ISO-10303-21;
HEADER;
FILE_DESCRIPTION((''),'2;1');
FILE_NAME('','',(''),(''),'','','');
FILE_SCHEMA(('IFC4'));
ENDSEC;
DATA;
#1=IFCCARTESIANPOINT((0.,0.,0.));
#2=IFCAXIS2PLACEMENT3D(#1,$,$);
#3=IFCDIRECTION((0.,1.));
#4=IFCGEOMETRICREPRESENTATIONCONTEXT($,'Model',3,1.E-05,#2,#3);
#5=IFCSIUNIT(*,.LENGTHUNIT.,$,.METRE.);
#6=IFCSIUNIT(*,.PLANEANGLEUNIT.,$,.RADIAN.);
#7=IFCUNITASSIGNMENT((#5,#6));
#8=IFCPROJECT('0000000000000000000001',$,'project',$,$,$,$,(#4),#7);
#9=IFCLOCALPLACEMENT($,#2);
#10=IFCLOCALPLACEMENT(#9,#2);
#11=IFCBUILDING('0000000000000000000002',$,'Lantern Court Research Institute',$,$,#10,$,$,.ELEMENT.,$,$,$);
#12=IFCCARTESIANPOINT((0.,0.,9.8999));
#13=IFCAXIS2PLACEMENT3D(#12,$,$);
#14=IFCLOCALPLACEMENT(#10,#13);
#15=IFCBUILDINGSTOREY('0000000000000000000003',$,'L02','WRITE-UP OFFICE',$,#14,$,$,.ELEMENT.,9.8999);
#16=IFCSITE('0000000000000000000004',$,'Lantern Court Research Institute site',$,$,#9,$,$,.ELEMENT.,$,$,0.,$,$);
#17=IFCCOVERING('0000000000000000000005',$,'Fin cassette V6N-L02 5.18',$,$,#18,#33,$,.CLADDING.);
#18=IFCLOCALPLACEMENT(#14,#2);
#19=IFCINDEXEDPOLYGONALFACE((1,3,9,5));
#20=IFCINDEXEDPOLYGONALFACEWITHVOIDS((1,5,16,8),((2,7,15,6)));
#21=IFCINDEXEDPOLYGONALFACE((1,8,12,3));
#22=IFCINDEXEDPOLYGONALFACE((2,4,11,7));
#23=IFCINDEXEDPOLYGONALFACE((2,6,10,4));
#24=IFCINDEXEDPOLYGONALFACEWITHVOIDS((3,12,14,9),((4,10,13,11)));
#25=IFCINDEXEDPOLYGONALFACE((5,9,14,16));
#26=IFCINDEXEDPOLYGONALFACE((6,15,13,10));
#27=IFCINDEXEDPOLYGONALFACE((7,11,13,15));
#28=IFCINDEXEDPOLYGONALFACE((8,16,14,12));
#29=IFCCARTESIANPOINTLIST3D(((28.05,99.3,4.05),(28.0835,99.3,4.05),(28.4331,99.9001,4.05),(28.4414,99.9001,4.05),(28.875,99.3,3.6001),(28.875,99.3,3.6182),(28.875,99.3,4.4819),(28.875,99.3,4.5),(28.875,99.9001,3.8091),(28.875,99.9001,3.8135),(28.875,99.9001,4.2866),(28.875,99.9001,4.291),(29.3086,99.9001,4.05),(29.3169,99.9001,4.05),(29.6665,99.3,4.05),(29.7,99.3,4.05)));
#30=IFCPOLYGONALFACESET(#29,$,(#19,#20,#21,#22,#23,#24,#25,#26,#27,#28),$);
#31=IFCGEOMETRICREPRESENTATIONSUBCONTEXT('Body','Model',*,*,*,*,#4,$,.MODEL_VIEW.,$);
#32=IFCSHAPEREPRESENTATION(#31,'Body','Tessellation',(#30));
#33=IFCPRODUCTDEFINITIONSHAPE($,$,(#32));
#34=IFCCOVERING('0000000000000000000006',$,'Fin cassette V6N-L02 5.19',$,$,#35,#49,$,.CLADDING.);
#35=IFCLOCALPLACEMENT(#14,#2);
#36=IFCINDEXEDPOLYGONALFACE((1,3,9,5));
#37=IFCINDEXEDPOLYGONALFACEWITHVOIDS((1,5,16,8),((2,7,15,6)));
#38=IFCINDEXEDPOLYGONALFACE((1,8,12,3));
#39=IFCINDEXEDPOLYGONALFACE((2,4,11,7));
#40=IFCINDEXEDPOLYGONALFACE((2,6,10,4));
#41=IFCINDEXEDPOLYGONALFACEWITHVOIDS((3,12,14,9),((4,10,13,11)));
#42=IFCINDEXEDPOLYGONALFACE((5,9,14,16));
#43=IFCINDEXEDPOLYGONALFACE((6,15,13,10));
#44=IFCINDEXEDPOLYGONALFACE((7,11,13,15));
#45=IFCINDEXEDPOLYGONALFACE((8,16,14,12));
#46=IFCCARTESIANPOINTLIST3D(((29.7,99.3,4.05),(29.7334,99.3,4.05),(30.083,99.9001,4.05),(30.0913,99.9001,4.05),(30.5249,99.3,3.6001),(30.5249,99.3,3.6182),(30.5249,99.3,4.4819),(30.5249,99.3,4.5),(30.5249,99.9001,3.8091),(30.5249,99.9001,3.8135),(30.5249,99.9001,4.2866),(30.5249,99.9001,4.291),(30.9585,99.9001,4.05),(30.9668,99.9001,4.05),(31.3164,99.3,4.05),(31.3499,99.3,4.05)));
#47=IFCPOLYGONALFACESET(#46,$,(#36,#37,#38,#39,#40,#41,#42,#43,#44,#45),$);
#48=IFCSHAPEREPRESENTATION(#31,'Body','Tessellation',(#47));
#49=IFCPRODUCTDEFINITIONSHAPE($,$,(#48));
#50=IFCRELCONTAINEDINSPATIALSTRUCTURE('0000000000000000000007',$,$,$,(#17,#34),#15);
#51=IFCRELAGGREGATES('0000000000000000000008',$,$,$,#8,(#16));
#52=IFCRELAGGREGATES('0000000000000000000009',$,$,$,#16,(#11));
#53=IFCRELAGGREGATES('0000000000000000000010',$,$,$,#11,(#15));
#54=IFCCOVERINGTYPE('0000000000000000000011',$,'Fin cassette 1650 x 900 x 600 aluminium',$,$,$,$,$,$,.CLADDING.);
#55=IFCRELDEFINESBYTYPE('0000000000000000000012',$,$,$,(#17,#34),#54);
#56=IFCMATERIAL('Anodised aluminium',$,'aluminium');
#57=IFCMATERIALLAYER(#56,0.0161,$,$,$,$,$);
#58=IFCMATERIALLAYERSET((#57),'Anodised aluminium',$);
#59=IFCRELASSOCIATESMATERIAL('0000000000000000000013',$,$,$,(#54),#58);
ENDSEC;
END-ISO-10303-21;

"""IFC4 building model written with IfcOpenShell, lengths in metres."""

from ifc_helpers import new_model, entity, si_unit, direction, frame, origin, place, context, subcontext, project, spatial, material, layer, layer_set, type_object, element, save


model = new_model("IFC4")

# Units and contexts
model_context = context("Model", 3, precision=1e-05, world=origin(), true_north=direction((0.0, 1.0)))
body_context = subcontext(model_context, "Body", "Model", "MODEL_VIEW")
ifc_project = project(units=[si_unit("LENGTHUNIT", "METRE"), si_unit("PLANEANGLEUNIT", "RADIAN")], contexts=[model_context])

# Site, building, storey
site_placement = place(None, origin())
site = spatial("IfcSite", under=ifc_project, at=site_placement, Name="Lantern Court Research Institute site", CompositionType="ELEMENT", RefElevation=0.0)
building_placement = place(site_placement, origin())
building = spatial("IfcBuilding", under=site, at=building_placement, Name="Lantern Court Research Institute", CompositionType="ELEMENT")
storey_placement = place(building_placement, frame((0.0, 0.0, 9.8999)))
storey = spatial("IfcBuildingStorey", under=building, at=storey_placement, Name="L02", Description="WRITE-UP OFFICE", CompositionType="ELEMENT", Elevation=9.8999)

# Coverings
ifc_material_1 = material(Name="Anodised aluminium", Category="aluminium")
ifc_layer_1 = layer(ifc_material_1, 0.0161)
ifc_layer_set_1 = layer_set([ifc_layer_1], Name="Anodised aluminium")
covering_type_1 = type_object("IfcCoveringType", Name="Fin cassette 1650 x 900 x 600 aluminium", PredefinedType="CLADDING", material=ifc_layer_set_1)
covering_1_placement = place(storey_placement, frame((28.875, 99.3, 4.05), z_axis=(0.0, 1.0, 0.0), x_axis=(-1.0, 0.0, 0.0)))
cartesian_point_1 = entity("IfcCartesianPoint", [0.825, 0.0])
cartesian_point_2 = entity("IfcCartesianPoint", [0.7915, 0.0])
cartesian_point_3 = entity("IfcCartesianPoint", [0.4419, 0.0])
cartesian_point_4 = entity("IfcCartesianPoint", [0.4336, 0.0])
element("IfcCovering", 1, at=covering_1_placement, inside=storey, type_object=covering_type_1, Name="Fin cassette V6N-L02 5.18", PredefinedType="CLADDING", context=body_context, shape_type="SweptSolid", body=[
    entity("IfcExtrudedAreaSolidTapered", entity("IfcArbitraryProfileDefWithVoids", "AREA", None, entity("IfcPolyline", [cartesian_point_1, entity("IfcCartesianPoint", [0.0, 0.45]), entity("IfcCartesianPoint", [-0.825, 0.0]), entity("IfcCartesianPoint", [0.0, -0.45]), cartesian_point_1]), [entity("IfcPolyline", [cartesian_point_2, entity("IfcCartesianPoint", [0.0, 0.4319]), entity("IfcCartesianPoint", [-0.7915, 0.0]), entity("IfcCartesianPoint", [0.0, -0.4319]), cartesian_point_2])]), entity("IfcAxis2Placement3D", entity("IfcCartesianPoint", [0.0, 0.0, 0.0])), entity("IfcDirection", [0.0, 0.0, 1.0]), 0.6001, entity("IfcArbitraryProfileDefWithVoids", "AREA", None, entity("IfcPolyline", [cartesian_point_3, entity("IfcCartesianPoint", [0.0, 0.241]), entity("IfcCartesianPoint", [-0.4419, 0.0]), entity("IfcCartesianPoint", [0.0, -0.241]), cartesian_point_3]), [entity("IfcPolyline", [cartesian_point_4, entity("IfcCartesianPoint", [0.0, 0.2366]), entity("IfcCartesianPoint", [-0.4336, 0.0]), entity("IfcCartesianPoint", [0.0, -0.2366]), cartesian_point_4])])),
])
covering_2_placement = place(storey_placement, frame((30.5249, 99.3, 4.05), z_axis=(0.0, 1.0, 0.0), x_axis=(-1.0, 0.0, 0.0)))
cartesian_point_5 = entity("IfcCartesianPoint", [0.825, 0.0])
cartesian_point_6 = entity("IfcCartesianPoint", [0.7915, 0.0])
cartesian_point_7 = entity("IfcCartesianPoint", [0.4419, 0.0])
cartesian_point_8 = entity("IfcCartesianPoint", [0.4336, 0.0])
element("IfcCovering", 2, at=covering_2_placement, inside=storey, type_object=covering_type_1, Name="Fin cassette V6N-L02 5.19", PredefinedType="CLADDING", context=body_context, shape_type="SweptSolid", body=[
    entity("IfcExtrudedAreaSolidTapered", entity("IfcArbitraryProfileDefWithVoids", "AREA", None, entity("IfcPolyline", [cartesian_point_5, entity("IfcCartesianPoint", [0.0, 0.45]), entity("IfcCartesianPoint", [-0.825, 0.0]), entity("IfcCartesianPoint", [0.0, -0.45]), cartesian_point_5]), [entity("IfcPolyline", [cartesian_point_6, entity("IfcCartesianPoint", [0.0, 0.4319]), entity("IfcCartesianPoint", [-0.7915, 0.0]), entity("IfcCartesianPoint", [0.0, -0.4319]), cartesian_point_6])]), entity("IfcAxis2Placement3D", entity("IfcCartesianPoint", [0.0, 0.0, 0.0])), entity("IfcDirection", [0.0, 0.0, 1.0]), 0.6001, entity("IfcArbitraryProfileDefWithVoids", "AREA", None, entity("IfcPolyline", [cartesian_point_7, entity("IfcCartesianPoint", [0.0, 0.241]), entity("IfcCartesianPoint", [-0.4419, 0.0]), entity("IfcCartesianPoint", [0.0, -0.241]), cartesian_point_7]), [entity("IfcPolyline", [cartesian_point_8, entity("IfcCartesianPoint", [0.0, 0.2366]), entity("IfcCartesianPoint", [-0.4336, 0.0]), entity("IfcCartesianPoint", [0.0, -0.2366]), cartesian_point_8])])),
])

save(model, "model.ifc")
